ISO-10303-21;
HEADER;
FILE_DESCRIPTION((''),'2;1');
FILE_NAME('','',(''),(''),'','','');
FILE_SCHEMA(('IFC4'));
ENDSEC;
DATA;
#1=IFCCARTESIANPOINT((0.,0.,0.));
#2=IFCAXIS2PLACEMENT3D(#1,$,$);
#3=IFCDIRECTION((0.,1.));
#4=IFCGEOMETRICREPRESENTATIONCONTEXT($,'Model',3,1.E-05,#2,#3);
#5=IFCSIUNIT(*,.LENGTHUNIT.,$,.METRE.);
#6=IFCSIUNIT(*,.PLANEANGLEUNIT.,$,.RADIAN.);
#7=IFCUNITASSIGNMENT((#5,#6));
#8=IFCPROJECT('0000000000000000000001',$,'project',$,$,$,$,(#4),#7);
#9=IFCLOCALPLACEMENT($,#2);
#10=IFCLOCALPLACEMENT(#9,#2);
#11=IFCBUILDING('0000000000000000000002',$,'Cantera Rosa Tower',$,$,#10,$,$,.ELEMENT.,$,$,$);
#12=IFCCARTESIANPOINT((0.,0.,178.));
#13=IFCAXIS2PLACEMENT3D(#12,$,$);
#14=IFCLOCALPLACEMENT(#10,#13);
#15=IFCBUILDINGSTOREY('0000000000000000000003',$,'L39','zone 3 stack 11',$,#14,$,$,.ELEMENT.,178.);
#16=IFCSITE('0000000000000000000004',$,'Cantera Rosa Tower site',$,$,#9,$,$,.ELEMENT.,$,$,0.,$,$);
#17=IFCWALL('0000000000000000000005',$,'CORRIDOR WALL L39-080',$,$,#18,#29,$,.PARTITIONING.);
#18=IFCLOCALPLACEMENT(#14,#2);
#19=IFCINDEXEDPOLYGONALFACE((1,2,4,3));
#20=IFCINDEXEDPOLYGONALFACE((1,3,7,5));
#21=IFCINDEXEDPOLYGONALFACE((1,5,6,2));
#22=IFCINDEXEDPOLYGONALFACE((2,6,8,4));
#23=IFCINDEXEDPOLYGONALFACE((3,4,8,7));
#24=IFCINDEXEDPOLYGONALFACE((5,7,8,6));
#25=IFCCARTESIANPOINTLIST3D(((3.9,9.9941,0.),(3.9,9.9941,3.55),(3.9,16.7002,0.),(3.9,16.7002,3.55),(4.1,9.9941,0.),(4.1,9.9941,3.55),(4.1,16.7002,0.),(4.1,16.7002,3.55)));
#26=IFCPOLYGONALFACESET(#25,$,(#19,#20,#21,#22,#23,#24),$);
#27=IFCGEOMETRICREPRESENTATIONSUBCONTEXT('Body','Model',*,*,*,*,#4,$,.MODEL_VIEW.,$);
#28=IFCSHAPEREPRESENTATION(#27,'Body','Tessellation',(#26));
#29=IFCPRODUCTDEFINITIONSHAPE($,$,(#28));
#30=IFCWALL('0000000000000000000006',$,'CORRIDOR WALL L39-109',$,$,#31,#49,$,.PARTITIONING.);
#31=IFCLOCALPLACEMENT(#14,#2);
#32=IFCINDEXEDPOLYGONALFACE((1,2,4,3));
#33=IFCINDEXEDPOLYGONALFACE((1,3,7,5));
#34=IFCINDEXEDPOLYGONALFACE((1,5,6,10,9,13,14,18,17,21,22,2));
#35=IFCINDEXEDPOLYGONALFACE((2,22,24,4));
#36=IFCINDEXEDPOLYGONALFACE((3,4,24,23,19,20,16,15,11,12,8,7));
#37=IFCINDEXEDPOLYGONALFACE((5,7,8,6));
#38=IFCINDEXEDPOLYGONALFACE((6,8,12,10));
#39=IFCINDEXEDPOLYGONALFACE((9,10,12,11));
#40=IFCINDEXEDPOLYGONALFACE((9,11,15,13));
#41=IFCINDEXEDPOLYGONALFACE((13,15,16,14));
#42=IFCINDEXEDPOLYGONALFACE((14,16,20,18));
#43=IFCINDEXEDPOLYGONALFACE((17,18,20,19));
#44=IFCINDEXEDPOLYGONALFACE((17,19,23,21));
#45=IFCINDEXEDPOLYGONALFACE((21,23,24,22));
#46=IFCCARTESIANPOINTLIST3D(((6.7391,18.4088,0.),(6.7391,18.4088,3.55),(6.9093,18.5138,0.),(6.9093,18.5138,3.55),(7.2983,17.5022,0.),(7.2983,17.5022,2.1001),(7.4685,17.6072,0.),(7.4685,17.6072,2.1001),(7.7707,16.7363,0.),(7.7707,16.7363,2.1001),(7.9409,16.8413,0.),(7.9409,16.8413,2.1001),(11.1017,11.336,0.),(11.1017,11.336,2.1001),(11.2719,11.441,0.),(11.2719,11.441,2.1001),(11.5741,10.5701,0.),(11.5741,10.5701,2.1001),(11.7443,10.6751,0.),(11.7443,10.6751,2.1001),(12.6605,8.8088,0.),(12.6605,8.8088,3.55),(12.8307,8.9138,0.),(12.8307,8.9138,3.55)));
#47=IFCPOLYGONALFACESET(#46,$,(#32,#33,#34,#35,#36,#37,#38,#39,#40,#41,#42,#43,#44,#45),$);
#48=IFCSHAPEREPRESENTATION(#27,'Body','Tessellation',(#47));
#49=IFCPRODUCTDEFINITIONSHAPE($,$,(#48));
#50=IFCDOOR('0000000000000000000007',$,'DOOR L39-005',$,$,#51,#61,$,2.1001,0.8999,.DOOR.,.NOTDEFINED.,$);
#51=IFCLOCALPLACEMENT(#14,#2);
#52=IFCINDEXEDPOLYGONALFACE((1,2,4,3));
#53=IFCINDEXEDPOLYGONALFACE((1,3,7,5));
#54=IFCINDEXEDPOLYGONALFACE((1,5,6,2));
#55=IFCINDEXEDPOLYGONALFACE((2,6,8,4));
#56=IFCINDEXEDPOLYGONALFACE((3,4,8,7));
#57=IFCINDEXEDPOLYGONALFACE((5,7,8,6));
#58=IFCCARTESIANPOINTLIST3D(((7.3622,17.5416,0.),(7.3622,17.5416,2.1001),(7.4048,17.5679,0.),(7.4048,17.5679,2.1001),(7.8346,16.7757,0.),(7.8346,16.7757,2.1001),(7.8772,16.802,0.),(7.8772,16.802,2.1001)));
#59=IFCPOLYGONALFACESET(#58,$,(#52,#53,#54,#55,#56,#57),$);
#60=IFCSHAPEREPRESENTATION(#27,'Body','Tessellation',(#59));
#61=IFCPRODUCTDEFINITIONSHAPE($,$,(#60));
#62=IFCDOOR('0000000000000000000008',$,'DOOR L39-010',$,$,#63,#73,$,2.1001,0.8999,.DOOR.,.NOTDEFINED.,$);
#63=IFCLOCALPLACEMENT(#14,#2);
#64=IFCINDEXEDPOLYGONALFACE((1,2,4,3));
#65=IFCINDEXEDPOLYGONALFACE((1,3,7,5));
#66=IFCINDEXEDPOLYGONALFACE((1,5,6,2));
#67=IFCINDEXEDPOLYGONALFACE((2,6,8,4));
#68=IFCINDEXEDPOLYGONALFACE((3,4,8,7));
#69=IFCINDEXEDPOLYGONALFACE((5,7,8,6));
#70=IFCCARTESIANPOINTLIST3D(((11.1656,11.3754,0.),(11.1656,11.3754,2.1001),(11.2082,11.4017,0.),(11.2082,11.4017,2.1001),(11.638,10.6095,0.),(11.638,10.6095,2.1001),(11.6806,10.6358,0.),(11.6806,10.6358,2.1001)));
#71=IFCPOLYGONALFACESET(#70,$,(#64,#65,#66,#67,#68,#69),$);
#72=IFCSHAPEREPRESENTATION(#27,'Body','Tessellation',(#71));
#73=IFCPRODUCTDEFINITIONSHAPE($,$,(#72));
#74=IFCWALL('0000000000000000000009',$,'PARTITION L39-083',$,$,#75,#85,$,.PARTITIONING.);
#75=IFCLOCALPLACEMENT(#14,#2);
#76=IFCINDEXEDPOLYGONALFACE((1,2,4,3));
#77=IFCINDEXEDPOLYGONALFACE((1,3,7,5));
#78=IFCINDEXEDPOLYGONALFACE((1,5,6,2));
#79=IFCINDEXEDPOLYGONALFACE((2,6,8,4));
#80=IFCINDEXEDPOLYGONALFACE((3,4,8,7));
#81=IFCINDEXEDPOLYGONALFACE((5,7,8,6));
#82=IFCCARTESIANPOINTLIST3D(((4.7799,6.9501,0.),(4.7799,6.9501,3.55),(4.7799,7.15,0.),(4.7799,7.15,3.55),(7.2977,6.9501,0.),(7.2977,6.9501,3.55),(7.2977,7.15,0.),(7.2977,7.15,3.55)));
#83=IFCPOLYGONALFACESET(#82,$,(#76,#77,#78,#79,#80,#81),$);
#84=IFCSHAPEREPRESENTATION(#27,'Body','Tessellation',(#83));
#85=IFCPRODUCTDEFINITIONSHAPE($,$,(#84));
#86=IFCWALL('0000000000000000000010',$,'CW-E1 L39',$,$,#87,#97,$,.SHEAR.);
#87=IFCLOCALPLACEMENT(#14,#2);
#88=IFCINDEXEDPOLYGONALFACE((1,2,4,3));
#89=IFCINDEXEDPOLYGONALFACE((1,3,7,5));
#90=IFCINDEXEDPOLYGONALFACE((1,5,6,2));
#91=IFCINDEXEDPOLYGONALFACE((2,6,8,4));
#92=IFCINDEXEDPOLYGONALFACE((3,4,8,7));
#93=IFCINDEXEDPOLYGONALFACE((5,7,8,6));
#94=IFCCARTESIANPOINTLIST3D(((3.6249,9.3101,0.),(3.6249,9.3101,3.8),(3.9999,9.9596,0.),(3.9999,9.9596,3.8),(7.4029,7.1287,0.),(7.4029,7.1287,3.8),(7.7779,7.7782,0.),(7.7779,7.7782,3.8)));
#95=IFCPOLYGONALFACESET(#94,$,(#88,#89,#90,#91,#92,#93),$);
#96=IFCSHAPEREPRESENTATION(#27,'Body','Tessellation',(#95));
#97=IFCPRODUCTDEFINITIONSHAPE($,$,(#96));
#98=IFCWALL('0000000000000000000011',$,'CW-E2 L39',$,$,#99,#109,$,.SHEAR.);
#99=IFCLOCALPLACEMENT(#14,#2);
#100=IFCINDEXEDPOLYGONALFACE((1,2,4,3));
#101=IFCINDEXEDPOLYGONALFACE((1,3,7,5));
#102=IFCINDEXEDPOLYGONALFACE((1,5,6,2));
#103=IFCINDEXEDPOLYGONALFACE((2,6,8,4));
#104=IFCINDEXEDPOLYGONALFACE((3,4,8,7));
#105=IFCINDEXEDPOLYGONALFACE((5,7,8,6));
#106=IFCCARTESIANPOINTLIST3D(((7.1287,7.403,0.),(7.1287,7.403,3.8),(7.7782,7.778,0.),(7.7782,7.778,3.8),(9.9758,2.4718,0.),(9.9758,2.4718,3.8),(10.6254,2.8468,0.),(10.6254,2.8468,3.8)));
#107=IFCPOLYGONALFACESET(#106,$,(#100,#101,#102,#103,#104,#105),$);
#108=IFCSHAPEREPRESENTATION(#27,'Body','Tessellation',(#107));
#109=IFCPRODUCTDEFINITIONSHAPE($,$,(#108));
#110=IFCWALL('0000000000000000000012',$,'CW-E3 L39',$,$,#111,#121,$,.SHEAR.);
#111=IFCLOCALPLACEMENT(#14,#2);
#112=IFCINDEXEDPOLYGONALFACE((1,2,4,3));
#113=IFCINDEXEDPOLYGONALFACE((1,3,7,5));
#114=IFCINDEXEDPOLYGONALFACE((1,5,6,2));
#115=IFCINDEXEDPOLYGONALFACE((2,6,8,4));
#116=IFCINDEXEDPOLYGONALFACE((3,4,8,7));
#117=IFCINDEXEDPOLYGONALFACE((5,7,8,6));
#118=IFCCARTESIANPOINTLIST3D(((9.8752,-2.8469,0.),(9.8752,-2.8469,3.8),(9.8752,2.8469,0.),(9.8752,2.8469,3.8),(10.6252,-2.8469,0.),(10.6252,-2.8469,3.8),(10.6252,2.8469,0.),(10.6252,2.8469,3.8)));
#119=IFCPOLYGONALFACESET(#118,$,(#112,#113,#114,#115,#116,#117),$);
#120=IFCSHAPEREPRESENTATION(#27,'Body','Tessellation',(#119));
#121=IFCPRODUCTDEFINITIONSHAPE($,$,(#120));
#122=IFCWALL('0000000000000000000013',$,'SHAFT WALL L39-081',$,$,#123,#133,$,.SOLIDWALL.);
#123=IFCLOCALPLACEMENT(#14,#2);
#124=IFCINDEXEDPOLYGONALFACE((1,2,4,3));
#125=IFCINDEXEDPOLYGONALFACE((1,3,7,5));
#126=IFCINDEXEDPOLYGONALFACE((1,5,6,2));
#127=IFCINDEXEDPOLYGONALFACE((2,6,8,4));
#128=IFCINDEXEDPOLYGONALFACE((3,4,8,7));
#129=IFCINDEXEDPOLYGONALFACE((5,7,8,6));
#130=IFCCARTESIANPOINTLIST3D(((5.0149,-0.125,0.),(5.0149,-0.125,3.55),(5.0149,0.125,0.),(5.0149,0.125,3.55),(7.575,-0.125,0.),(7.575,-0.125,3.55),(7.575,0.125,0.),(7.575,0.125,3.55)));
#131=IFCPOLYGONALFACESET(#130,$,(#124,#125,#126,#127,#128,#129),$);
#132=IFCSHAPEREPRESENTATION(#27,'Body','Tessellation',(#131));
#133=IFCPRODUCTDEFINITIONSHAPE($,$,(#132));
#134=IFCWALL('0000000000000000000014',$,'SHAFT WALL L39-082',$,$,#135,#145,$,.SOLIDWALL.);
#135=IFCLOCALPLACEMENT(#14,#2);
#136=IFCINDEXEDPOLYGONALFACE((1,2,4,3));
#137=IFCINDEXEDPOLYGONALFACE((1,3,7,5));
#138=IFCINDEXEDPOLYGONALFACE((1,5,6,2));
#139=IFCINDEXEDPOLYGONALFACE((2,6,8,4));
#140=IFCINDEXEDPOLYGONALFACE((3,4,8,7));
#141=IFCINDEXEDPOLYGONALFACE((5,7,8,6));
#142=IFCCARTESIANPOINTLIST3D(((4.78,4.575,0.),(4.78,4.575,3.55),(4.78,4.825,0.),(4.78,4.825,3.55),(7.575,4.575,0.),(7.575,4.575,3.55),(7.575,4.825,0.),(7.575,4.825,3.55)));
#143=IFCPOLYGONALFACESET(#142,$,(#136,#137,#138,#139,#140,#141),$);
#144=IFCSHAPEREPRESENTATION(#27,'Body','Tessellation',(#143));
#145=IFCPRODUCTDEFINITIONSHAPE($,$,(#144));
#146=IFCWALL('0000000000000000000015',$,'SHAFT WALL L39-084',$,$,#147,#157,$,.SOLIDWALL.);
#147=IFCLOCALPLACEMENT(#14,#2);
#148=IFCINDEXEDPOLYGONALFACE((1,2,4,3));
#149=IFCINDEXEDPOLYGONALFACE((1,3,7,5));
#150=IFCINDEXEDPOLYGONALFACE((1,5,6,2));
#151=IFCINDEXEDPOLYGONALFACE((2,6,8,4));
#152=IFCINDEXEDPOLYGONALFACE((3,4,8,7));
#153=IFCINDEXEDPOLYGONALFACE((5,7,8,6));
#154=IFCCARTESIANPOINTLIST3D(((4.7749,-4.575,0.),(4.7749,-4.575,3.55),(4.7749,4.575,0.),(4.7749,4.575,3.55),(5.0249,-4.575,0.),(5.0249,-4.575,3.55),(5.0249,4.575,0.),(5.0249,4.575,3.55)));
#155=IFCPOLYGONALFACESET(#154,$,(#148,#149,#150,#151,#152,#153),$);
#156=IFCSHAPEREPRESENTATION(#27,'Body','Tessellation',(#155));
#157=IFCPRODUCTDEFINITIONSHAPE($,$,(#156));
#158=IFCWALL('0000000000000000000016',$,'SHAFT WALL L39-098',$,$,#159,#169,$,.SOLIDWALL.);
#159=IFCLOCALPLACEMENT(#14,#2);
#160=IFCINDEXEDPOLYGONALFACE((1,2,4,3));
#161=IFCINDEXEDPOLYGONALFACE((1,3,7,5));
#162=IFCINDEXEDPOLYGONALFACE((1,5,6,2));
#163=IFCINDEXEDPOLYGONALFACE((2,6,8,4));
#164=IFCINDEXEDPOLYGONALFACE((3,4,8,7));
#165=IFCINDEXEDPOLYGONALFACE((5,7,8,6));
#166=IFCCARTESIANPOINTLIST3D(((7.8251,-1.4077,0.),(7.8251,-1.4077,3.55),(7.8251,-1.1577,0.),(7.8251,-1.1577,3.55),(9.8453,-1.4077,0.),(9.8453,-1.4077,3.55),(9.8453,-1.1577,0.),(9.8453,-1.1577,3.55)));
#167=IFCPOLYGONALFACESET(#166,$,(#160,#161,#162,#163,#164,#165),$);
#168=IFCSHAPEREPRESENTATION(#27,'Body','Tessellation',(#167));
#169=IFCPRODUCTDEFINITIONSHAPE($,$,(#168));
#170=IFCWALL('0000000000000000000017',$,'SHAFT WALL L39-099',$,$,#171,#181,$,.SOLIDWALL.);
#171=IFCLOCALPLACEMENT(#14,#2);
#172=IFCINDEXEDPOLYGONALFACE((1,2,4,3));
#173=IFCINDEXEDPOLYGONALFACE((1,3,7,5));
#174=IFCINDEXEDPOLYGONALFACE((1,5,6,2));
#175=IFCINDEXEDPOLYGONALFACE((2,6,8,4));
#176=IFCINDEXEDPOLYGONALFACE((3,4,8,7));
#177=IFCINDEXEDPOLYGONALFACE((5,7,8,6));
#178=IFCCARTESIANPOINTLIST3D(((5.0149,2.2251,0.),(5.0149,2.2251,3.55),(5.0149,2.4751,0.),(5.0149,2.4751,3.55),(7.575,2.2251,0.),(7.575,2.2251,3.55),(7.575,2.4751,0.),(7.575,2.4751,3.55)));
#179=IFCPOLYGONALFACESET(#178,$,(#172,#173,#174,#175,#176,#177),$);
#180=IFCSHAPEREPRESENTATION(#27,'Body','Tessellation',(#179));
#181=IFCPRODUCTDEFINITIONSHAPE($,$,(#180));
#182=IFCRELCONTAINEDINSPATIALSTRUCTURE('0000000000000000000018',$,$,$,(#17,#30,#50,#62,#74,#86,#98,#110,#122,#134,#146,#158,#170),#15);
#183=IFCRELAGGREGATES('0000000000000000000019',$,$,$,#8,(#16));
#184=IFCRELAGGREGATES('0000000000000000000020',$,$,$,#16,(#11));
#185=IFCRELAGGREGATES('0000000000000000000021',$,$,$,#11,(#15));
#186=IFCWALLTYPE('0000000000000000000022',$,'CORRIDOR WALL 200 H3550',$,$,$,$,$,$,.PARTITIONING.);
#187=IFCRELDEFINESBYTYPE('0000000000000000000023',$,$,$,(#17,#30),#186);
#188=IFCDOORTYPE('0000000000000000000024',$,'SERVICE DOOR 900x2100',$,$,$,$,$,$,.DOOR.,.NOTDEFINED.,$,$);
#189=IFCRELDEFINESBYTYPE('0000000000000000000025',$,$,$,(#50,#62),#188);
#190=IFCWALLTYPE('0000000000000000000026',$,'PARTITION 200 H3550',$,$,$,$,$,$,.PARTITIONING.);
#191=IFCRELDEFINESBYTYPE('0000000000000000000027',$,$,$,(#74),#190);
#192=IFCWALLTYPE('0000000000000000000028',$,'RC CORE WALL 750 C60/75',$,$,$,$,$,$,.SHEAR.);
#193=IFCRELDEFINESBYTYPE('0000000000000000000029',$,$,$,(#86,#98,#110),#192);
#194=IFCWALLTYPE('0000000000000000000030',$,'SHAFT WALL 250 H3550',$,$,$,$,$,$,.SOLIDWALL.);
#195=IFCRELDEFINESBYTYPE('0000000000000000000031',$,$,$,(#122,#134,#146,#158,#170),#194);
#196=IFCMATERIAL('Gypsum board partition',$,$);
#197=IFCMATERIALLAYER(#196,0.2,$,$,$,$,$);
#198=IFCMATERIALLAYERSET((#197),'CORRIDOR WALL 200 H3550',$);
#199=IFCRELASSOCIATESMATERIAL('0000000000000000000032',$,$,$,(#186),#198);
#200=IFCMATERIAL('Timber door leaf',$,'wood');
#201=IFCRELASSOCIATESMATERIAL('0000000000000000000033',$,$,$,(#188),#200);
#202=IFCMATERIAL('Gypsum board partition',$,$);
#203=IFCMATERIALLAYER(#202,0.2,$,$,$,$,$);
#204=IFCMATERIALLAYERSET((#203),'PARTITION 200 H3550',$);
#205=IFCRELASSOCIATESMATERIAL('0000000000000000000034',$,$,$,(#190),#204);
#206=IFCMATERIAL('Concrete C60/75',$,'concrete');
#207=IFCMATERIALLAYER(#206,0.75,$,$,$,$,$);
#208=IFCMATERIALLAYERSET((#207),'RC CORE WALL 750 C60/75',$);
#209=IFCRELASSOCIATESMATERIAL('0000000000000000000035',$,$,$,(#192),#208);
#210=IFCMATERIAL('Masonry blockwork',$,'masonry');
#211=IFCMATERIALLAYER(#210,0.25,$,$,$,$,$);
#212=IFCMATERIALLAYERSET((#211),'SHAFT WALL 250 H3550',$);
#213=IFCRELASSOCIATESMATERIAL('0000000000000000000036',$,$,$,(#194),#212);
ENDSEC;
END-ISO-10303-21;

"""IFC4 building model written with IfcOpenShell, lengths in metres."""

from ifc_helpers import new_model, si_unit, direction, frame, frame_2d, origin, place, context, subcontext, project, spatial, rectangle, extrude, material, layer, layer_set, type_object, element, fill, save


model = new_model("IFC4")

# Units and contexts
model_context = context("Model", 3, precision=1e-05, world=origin(), true_north=direction((0.0, 1.0)))
body_context = subcontext(model_context, "Body", "Model", "MODEL_VIEW")
ifc_project = project(units=[si_unit("LENGTHUNIT", "METRE"), si_unit("PLANEANGLEUNIT", "RADIAN")], contexts=[model_context])

# Site, building, storey
site_placement = place(None, origin())
site = spatial("IfcSite", under=ifc_project, at=site_placement, Name="Cantera Rosa Tower site", CompositionType="ELEMENT", RefElevation=0.0)
building_placement = place(site_placement, origin())
building = spatial("IfcBuilding", under=site, at=building_placement, Name="Cantera Rosa Tower", CompositionType="ELEMENT")
storey_placement = place(building_placement, frame((0.0, 0.0, 178.0)))
storey = spatial("IfcBuildingStorey", under=building, at=storey_placement, Name="L39", Description="zone 3 stack 11", CompositionType="ELEMENT", Elevation=178.0)

# Wall
ifc_material_1 = material(Name="Gypsum board partition")
ifc_layer_1 = layer(ifc_material_1, 0.2)
ifc_layer_set_1 = layer_set([ifc_layer_1], Name="CORRIDOR WALL 200 H3550")
wall_type_1 = type_object("IfcWallType", Name="CORRIDOR WALL 200 H3550", PredefinedType="PARTITIONING", material=ifc_layer_set_1)
wall_1_placement = place(storey_placement, frame((4.0, 9.9941, 0.0), z_axis=(0.0, 0.0, 1.0), x_axis=(0.0, 1.0, 0.0)))
element("IfcWall", 1, at=wall_1_placement, inside=storey, type_object=wall_type_1, Name="CORRIDOR WALL L39-080", PredefinedType="PARTITIONING", context=body_context, shape_type="SweptSolid", body=[
    extrude(rectangle(XDim=6.7061, YDim=0.2, at=frame_2d((3.353, 0.0))), origin(), (0.0, 0.0, 1.0), 3.55),
])

# Wall, openings, doors
wall_2_placement = place(storey_placement, frame((12.7456, 8.8613, 0.0), z_axis=(0.0, 0.0, 1.0), x_axis=(-0.524984, 0.851112, 0.0)))
wall_2 = element("IfcWall", 2, at=wall_2_placement, inside=storey, type_object=wall_type_1, Name="CORRIDOR WALL L39-109", PredefinedType="PARTITIONING", context=body_context, shape_type="SweptSolid", body=[
    extrude(rectangle(XDim=11.2793, YDim=0.2, at=frame_2d((5.6396, 0.0))), origin(), (0.0, 0.0, 1.0), 3.55),
])
opening_1_placement = place(wall_2_placement, frame((9.3142, 0.0, 0.0)))
opening_1 = element("IfcOpeningElement", 3, at=opening_1_placement, cuts=wall_2, PredefinedType="OPENING", context=body_context, shape_type="SweptSolid", body=[
    extrude(rectangle(XDim=0.8999, YDim=2.1001, at=frame_2d((0.45, 1.05))), frame((0.0, 0.1099, 0.0), z_axis=(0.0, -1.0, 0.0), x_axis=(1.0, 0.0, 0.0)), (0.0, 0.0, 1.0), 0.22),
])
opening_2_placement = place(wall_2_placement, frame((2.0693, 0.0, 0.0)))
opening_2 = element("IfcOpeningElement", 4, at=opening_2_placement, cuts=wall_2, PredefinedType="OPENING", context=body_context, shape_type="SweptSolid", body=[
    extrude(rectangle(XDim=0.8999, YDim=2.1001, at=frame_2d((0.45, 1.05))), frame((0.0, 0.1099, 0.0), z_axis=(0.0, -1.0, 0.0), x_axis=(1.0, 0.0, 0.0)), (0.0, 0.0, 1.0), 0.22),
])
ifc_material_2 = material(Name="Timber door leaf", Category="wood")
door_type = type_object("IfcDoorType", Name="SERVICE DOOR 900x2100", OperationType="NOTDEFINED", PredefinedType="DOOR", material=ifc_material_2)
door_1_placement = place(opening_1_placement, origin())
door_1 = element("IfcDoor", 5, at=door_1_placement, inside=storey, type_object=door_type, Name="DOOR L39-005", OperationType="NOTDEFINED", OverallHeight=2.1001, OverallWidth=0.8999, PredefinedType="DOOR", context=body_context, shape_type="SweptSolid", body=[
    extrude(rectangle(XDim=0.8999, YDim=2.1001, at=frame_2d((0.45, 1.05))), frame((0.0, 0.0249, 0.0), z_axis=(0.0, -1.0, 0.0), x_axis=(1.0, 0.0, 0.0)), (0.0, 0.0, 1.0), 0.05),
])
fill(opening_1, door_1)
door_2_placement = place(opening_2_placement, origin())
door_2 = element("IfcDoor", 6, at=door_2_placement, inside=storey, type_object=door_type, Name="DOOR L39-010", OperationType="NOTDEFINED", OverallHeight=2.1001, OverallWidth=0.8999, PredefinedType="DOOR", context=body_context, shape_type="SweptSolid", body=[
    extrude(rectangle(XDim=0.8999, YDim=2.1001, at=frame_2d((0.45, 1.05))), frame((0.0, 0.0249, 0.0), z_axis=(0.0, -1.0, 0.0), x_axis=(1.0, 0.0, 0.0)), (0.0, 0.0, 1.0), 0.05),
])
fill(opening_2, door_2)

# Walls
ifc_material_3 = material(Name="Gypsum board partition")
ifc_layer_2 = layer(ifc_material_3, 0.2)
ifc_layer_set_2 = layer_set([ifc_layer_2], Name="PARTITION 200 H3550")
wall_type_2 = type_object("IfcWallType", Name="PARTITION 200 H3550", PredefinedType="PARTITIONING", material=ifc_layer_set_2)
wall_3_placement = place(storey_placement, frame((4.78, 7.05, 0.0), z_axis=(0.0, 0.0, 1.0), x_axis=(1.0, 0.0, 0.0)))
element("IfcWall", 7, at=wall_3_placement, inside=storey, type_object=wall_type_2, Name="PARTITION L39-083", PredefinedType="PARTITIONING", context=body_context, shape_type="SweptSolid", body=[
    extrude(rectangle(XDim=2.5178, YDim=0.2, at=frame_2d((1.2588, 0.0))), origin(), (0.0, 0.0, 1.0), 3.55),
])
ifc_material_4 = material(Name="Concrete C60/75", Category="concrete")
ifc_layer_3 = layer(ifc_material_4, 0.75)
ifc_layer_set_3 = layer_set([ifc_layer_3], Name="RC CORE WALL 750 C60/75")
wall_type_3 = type_object("IfcWallType", Name="RC CORE WALL 750 C60/75", PredefinedType="SHEAR", material=ifc_layer_set_3)
wall_4_placement = place(storey_placement, frame((3.8125, 9.6348, 0.0), z_axis=(0.0, 0.0, 1.0), x_axis=(0.866013, -0.500021, 0.0)))
element("IfcWall", 8, at=wall_4_placement, inside=storey, type_object=wall_type_3, Name="CW-E1 L39", PredefinedType="SHEAR", context=body_context, shape_type="SweptSolid", body=[
    extrude(rectangle(XDim=4.3625, YDim=0.75, at=frame_2d((2.1812, 0.0))), origin(), (0.0, 0.0, 1.0), 3.8),
])
wall_5_placement = place(storey_placement, frame((7.4534, 7.5906, 0.0), z_axis=(0.0, 0.0, 1.0), x_axis=(0.500022, -0.866013, 0.0)))
element("IfcWall", 9, at=wall_5_placement, inside=storey, type_object=wall_type_3, Name="CW-E2 L39", PredefinedType="SHEAR", context=body_context, shape_type="SweptSolid", body=[
    extrude(rectangle(XDim=5.6941, YDim=0.75, at=frame_2d((2.8472, 0.0))), origin(), (0.0, 0.0, 1.0), 3.8),
])
wall_6_placement = place(storey_placement, frame((10.2502, 2.8469, 0.0), z_axis=(0.0, 0.0, 1.0), x_axis=(0.0, -1.0, 0.0)))
element("IfcWall", 10, at=wall_6_placement, inside=storey, type_object=wall_type_3, Name="CW-E3 L39", PredefinedType="SHEAR", context=body_context, shape_type="SweptSolid", body=[
    extrude(rectangle(XDim=5.6938, YDim=0.75, at=frame_2d((2.8469, 0.0))), origin(), (0.0, 0.0, 1.0), 3.8),
])
ifc_material_5 = material(Name="Masonry blockwork", Category="masonry")
ifc_layer_4 = layer(ifc_material_5, 0.25)
ifc_layer_set_4 = layer_set([ifc_layer_4], Name="SHAFT WALL 250 H3550")
wall_type_4 = type_object("IfcWallType", Name="SHAFT WALL 250 H3550", PredefinedType="SOLIDWALL", material=ifc_layer_set_4)
wall_7_placement = place(storey_placement, frame((5.0149, 0.0, 0.0), z_axis=(0.0, 0.0, 1.0), x_axis=(1.0, 0.0, 0.0)))
element("IfcWall", 11, at=wall_7_placement, inside=storey, type_object=wall_type_4, Name="SHAFT WALL L39-081", PredefinedType="SOLIDWALL", context=body_context, shape_type="SweptSolid", body=[
    extrude(rectangle(XDim=2.5601, YDim=0.25, at=frame_2d((1.28, 0.0))), origin(), (0.0, 0.0, 1.0), 3.55),
])
wall_8_placement = place(storey_placement, frame((4.78, 4.7, 0.0), z_axis=(0.0, 0.0, 1.0), x_axis=(1.0, 0.0, 0.0)))
element("IfcWall", 12, at=wall_8_placement, inside=storey, type_object=wall_type_4, Name="SHAFT WALL L39-082", PredefinedType="SOLIDWALL", context=body_context, shape_type="SweptSolid", body=[
    extrude(rectangle(XDim=2.7949, YDim=0.25, at=frame_2d((1.3975, 0.0))), origin(), (0.0, 0.0, 1.0), 3.55),
])
wall_9_placement = place(storey_placement, frame((4.8999, 4.575, 0.0), z_axis=(0.0, 0.0, 1.0), x_axis=(0.0, -1.0, 0.0)))
element("IfcWall", 13, at=wall_9_placement, inside=storey, type_object=wall_type_4, Name="SHAFT WALL L39-084", PredefinedType="SOLIDWALL", context=body_context, shape_type="SweptSolid", body=[
    extrude(rectangle(XDim=9.1499, YDim=0.25, at=frame_2d((4.575, 0.0))), origin(), (0.0, 0.0, 1.0), 3.55),
])
wall_10_placement = place(storey_placement, frame((7.825, -1.2827, 0.0), z_axis=(0.0, 0.0, 1.0), x_axis=(1.0, 0.0, 0.0)))
element("IfcWall", 14, at=wall_10_placement, inside=storey, type_object=wall_type_4, Name="SHAFT WALL L39-098", PredefinedType="SOLIDWALL", context=body_context, shape_type="SweptSolid", body=[
    extrude(rectangle(XDim=2.0203, YDim=0.25, at=frame_2d((1.0103, 0.0))), origin(), (0.0, 0.0, 1.0), 3.55),
])
wall_11_placement = place(storey_placement, frame((7.575, 2.3501, 0.0), z_axis=(0.0, 0.0, 1.0), x_axis=(-1.0, 0.0, 0.0)))
element("IfcWall", 15, at=wall_11_placement, inside=storey, type_object=wall_type_4, Name="SHAFT WALL L39-099", PredefinedType="SOLIDWALL", context=body_context, shape_type="SweptSolid", body=[
    extrude(rectangle(XDim=2.5601, YDim=0.25, at=frame_2d((1.28, 0.0))), origin(), (0.0, 0.0, 1.0), 3.55),
])

save(model, "model.ifc")
